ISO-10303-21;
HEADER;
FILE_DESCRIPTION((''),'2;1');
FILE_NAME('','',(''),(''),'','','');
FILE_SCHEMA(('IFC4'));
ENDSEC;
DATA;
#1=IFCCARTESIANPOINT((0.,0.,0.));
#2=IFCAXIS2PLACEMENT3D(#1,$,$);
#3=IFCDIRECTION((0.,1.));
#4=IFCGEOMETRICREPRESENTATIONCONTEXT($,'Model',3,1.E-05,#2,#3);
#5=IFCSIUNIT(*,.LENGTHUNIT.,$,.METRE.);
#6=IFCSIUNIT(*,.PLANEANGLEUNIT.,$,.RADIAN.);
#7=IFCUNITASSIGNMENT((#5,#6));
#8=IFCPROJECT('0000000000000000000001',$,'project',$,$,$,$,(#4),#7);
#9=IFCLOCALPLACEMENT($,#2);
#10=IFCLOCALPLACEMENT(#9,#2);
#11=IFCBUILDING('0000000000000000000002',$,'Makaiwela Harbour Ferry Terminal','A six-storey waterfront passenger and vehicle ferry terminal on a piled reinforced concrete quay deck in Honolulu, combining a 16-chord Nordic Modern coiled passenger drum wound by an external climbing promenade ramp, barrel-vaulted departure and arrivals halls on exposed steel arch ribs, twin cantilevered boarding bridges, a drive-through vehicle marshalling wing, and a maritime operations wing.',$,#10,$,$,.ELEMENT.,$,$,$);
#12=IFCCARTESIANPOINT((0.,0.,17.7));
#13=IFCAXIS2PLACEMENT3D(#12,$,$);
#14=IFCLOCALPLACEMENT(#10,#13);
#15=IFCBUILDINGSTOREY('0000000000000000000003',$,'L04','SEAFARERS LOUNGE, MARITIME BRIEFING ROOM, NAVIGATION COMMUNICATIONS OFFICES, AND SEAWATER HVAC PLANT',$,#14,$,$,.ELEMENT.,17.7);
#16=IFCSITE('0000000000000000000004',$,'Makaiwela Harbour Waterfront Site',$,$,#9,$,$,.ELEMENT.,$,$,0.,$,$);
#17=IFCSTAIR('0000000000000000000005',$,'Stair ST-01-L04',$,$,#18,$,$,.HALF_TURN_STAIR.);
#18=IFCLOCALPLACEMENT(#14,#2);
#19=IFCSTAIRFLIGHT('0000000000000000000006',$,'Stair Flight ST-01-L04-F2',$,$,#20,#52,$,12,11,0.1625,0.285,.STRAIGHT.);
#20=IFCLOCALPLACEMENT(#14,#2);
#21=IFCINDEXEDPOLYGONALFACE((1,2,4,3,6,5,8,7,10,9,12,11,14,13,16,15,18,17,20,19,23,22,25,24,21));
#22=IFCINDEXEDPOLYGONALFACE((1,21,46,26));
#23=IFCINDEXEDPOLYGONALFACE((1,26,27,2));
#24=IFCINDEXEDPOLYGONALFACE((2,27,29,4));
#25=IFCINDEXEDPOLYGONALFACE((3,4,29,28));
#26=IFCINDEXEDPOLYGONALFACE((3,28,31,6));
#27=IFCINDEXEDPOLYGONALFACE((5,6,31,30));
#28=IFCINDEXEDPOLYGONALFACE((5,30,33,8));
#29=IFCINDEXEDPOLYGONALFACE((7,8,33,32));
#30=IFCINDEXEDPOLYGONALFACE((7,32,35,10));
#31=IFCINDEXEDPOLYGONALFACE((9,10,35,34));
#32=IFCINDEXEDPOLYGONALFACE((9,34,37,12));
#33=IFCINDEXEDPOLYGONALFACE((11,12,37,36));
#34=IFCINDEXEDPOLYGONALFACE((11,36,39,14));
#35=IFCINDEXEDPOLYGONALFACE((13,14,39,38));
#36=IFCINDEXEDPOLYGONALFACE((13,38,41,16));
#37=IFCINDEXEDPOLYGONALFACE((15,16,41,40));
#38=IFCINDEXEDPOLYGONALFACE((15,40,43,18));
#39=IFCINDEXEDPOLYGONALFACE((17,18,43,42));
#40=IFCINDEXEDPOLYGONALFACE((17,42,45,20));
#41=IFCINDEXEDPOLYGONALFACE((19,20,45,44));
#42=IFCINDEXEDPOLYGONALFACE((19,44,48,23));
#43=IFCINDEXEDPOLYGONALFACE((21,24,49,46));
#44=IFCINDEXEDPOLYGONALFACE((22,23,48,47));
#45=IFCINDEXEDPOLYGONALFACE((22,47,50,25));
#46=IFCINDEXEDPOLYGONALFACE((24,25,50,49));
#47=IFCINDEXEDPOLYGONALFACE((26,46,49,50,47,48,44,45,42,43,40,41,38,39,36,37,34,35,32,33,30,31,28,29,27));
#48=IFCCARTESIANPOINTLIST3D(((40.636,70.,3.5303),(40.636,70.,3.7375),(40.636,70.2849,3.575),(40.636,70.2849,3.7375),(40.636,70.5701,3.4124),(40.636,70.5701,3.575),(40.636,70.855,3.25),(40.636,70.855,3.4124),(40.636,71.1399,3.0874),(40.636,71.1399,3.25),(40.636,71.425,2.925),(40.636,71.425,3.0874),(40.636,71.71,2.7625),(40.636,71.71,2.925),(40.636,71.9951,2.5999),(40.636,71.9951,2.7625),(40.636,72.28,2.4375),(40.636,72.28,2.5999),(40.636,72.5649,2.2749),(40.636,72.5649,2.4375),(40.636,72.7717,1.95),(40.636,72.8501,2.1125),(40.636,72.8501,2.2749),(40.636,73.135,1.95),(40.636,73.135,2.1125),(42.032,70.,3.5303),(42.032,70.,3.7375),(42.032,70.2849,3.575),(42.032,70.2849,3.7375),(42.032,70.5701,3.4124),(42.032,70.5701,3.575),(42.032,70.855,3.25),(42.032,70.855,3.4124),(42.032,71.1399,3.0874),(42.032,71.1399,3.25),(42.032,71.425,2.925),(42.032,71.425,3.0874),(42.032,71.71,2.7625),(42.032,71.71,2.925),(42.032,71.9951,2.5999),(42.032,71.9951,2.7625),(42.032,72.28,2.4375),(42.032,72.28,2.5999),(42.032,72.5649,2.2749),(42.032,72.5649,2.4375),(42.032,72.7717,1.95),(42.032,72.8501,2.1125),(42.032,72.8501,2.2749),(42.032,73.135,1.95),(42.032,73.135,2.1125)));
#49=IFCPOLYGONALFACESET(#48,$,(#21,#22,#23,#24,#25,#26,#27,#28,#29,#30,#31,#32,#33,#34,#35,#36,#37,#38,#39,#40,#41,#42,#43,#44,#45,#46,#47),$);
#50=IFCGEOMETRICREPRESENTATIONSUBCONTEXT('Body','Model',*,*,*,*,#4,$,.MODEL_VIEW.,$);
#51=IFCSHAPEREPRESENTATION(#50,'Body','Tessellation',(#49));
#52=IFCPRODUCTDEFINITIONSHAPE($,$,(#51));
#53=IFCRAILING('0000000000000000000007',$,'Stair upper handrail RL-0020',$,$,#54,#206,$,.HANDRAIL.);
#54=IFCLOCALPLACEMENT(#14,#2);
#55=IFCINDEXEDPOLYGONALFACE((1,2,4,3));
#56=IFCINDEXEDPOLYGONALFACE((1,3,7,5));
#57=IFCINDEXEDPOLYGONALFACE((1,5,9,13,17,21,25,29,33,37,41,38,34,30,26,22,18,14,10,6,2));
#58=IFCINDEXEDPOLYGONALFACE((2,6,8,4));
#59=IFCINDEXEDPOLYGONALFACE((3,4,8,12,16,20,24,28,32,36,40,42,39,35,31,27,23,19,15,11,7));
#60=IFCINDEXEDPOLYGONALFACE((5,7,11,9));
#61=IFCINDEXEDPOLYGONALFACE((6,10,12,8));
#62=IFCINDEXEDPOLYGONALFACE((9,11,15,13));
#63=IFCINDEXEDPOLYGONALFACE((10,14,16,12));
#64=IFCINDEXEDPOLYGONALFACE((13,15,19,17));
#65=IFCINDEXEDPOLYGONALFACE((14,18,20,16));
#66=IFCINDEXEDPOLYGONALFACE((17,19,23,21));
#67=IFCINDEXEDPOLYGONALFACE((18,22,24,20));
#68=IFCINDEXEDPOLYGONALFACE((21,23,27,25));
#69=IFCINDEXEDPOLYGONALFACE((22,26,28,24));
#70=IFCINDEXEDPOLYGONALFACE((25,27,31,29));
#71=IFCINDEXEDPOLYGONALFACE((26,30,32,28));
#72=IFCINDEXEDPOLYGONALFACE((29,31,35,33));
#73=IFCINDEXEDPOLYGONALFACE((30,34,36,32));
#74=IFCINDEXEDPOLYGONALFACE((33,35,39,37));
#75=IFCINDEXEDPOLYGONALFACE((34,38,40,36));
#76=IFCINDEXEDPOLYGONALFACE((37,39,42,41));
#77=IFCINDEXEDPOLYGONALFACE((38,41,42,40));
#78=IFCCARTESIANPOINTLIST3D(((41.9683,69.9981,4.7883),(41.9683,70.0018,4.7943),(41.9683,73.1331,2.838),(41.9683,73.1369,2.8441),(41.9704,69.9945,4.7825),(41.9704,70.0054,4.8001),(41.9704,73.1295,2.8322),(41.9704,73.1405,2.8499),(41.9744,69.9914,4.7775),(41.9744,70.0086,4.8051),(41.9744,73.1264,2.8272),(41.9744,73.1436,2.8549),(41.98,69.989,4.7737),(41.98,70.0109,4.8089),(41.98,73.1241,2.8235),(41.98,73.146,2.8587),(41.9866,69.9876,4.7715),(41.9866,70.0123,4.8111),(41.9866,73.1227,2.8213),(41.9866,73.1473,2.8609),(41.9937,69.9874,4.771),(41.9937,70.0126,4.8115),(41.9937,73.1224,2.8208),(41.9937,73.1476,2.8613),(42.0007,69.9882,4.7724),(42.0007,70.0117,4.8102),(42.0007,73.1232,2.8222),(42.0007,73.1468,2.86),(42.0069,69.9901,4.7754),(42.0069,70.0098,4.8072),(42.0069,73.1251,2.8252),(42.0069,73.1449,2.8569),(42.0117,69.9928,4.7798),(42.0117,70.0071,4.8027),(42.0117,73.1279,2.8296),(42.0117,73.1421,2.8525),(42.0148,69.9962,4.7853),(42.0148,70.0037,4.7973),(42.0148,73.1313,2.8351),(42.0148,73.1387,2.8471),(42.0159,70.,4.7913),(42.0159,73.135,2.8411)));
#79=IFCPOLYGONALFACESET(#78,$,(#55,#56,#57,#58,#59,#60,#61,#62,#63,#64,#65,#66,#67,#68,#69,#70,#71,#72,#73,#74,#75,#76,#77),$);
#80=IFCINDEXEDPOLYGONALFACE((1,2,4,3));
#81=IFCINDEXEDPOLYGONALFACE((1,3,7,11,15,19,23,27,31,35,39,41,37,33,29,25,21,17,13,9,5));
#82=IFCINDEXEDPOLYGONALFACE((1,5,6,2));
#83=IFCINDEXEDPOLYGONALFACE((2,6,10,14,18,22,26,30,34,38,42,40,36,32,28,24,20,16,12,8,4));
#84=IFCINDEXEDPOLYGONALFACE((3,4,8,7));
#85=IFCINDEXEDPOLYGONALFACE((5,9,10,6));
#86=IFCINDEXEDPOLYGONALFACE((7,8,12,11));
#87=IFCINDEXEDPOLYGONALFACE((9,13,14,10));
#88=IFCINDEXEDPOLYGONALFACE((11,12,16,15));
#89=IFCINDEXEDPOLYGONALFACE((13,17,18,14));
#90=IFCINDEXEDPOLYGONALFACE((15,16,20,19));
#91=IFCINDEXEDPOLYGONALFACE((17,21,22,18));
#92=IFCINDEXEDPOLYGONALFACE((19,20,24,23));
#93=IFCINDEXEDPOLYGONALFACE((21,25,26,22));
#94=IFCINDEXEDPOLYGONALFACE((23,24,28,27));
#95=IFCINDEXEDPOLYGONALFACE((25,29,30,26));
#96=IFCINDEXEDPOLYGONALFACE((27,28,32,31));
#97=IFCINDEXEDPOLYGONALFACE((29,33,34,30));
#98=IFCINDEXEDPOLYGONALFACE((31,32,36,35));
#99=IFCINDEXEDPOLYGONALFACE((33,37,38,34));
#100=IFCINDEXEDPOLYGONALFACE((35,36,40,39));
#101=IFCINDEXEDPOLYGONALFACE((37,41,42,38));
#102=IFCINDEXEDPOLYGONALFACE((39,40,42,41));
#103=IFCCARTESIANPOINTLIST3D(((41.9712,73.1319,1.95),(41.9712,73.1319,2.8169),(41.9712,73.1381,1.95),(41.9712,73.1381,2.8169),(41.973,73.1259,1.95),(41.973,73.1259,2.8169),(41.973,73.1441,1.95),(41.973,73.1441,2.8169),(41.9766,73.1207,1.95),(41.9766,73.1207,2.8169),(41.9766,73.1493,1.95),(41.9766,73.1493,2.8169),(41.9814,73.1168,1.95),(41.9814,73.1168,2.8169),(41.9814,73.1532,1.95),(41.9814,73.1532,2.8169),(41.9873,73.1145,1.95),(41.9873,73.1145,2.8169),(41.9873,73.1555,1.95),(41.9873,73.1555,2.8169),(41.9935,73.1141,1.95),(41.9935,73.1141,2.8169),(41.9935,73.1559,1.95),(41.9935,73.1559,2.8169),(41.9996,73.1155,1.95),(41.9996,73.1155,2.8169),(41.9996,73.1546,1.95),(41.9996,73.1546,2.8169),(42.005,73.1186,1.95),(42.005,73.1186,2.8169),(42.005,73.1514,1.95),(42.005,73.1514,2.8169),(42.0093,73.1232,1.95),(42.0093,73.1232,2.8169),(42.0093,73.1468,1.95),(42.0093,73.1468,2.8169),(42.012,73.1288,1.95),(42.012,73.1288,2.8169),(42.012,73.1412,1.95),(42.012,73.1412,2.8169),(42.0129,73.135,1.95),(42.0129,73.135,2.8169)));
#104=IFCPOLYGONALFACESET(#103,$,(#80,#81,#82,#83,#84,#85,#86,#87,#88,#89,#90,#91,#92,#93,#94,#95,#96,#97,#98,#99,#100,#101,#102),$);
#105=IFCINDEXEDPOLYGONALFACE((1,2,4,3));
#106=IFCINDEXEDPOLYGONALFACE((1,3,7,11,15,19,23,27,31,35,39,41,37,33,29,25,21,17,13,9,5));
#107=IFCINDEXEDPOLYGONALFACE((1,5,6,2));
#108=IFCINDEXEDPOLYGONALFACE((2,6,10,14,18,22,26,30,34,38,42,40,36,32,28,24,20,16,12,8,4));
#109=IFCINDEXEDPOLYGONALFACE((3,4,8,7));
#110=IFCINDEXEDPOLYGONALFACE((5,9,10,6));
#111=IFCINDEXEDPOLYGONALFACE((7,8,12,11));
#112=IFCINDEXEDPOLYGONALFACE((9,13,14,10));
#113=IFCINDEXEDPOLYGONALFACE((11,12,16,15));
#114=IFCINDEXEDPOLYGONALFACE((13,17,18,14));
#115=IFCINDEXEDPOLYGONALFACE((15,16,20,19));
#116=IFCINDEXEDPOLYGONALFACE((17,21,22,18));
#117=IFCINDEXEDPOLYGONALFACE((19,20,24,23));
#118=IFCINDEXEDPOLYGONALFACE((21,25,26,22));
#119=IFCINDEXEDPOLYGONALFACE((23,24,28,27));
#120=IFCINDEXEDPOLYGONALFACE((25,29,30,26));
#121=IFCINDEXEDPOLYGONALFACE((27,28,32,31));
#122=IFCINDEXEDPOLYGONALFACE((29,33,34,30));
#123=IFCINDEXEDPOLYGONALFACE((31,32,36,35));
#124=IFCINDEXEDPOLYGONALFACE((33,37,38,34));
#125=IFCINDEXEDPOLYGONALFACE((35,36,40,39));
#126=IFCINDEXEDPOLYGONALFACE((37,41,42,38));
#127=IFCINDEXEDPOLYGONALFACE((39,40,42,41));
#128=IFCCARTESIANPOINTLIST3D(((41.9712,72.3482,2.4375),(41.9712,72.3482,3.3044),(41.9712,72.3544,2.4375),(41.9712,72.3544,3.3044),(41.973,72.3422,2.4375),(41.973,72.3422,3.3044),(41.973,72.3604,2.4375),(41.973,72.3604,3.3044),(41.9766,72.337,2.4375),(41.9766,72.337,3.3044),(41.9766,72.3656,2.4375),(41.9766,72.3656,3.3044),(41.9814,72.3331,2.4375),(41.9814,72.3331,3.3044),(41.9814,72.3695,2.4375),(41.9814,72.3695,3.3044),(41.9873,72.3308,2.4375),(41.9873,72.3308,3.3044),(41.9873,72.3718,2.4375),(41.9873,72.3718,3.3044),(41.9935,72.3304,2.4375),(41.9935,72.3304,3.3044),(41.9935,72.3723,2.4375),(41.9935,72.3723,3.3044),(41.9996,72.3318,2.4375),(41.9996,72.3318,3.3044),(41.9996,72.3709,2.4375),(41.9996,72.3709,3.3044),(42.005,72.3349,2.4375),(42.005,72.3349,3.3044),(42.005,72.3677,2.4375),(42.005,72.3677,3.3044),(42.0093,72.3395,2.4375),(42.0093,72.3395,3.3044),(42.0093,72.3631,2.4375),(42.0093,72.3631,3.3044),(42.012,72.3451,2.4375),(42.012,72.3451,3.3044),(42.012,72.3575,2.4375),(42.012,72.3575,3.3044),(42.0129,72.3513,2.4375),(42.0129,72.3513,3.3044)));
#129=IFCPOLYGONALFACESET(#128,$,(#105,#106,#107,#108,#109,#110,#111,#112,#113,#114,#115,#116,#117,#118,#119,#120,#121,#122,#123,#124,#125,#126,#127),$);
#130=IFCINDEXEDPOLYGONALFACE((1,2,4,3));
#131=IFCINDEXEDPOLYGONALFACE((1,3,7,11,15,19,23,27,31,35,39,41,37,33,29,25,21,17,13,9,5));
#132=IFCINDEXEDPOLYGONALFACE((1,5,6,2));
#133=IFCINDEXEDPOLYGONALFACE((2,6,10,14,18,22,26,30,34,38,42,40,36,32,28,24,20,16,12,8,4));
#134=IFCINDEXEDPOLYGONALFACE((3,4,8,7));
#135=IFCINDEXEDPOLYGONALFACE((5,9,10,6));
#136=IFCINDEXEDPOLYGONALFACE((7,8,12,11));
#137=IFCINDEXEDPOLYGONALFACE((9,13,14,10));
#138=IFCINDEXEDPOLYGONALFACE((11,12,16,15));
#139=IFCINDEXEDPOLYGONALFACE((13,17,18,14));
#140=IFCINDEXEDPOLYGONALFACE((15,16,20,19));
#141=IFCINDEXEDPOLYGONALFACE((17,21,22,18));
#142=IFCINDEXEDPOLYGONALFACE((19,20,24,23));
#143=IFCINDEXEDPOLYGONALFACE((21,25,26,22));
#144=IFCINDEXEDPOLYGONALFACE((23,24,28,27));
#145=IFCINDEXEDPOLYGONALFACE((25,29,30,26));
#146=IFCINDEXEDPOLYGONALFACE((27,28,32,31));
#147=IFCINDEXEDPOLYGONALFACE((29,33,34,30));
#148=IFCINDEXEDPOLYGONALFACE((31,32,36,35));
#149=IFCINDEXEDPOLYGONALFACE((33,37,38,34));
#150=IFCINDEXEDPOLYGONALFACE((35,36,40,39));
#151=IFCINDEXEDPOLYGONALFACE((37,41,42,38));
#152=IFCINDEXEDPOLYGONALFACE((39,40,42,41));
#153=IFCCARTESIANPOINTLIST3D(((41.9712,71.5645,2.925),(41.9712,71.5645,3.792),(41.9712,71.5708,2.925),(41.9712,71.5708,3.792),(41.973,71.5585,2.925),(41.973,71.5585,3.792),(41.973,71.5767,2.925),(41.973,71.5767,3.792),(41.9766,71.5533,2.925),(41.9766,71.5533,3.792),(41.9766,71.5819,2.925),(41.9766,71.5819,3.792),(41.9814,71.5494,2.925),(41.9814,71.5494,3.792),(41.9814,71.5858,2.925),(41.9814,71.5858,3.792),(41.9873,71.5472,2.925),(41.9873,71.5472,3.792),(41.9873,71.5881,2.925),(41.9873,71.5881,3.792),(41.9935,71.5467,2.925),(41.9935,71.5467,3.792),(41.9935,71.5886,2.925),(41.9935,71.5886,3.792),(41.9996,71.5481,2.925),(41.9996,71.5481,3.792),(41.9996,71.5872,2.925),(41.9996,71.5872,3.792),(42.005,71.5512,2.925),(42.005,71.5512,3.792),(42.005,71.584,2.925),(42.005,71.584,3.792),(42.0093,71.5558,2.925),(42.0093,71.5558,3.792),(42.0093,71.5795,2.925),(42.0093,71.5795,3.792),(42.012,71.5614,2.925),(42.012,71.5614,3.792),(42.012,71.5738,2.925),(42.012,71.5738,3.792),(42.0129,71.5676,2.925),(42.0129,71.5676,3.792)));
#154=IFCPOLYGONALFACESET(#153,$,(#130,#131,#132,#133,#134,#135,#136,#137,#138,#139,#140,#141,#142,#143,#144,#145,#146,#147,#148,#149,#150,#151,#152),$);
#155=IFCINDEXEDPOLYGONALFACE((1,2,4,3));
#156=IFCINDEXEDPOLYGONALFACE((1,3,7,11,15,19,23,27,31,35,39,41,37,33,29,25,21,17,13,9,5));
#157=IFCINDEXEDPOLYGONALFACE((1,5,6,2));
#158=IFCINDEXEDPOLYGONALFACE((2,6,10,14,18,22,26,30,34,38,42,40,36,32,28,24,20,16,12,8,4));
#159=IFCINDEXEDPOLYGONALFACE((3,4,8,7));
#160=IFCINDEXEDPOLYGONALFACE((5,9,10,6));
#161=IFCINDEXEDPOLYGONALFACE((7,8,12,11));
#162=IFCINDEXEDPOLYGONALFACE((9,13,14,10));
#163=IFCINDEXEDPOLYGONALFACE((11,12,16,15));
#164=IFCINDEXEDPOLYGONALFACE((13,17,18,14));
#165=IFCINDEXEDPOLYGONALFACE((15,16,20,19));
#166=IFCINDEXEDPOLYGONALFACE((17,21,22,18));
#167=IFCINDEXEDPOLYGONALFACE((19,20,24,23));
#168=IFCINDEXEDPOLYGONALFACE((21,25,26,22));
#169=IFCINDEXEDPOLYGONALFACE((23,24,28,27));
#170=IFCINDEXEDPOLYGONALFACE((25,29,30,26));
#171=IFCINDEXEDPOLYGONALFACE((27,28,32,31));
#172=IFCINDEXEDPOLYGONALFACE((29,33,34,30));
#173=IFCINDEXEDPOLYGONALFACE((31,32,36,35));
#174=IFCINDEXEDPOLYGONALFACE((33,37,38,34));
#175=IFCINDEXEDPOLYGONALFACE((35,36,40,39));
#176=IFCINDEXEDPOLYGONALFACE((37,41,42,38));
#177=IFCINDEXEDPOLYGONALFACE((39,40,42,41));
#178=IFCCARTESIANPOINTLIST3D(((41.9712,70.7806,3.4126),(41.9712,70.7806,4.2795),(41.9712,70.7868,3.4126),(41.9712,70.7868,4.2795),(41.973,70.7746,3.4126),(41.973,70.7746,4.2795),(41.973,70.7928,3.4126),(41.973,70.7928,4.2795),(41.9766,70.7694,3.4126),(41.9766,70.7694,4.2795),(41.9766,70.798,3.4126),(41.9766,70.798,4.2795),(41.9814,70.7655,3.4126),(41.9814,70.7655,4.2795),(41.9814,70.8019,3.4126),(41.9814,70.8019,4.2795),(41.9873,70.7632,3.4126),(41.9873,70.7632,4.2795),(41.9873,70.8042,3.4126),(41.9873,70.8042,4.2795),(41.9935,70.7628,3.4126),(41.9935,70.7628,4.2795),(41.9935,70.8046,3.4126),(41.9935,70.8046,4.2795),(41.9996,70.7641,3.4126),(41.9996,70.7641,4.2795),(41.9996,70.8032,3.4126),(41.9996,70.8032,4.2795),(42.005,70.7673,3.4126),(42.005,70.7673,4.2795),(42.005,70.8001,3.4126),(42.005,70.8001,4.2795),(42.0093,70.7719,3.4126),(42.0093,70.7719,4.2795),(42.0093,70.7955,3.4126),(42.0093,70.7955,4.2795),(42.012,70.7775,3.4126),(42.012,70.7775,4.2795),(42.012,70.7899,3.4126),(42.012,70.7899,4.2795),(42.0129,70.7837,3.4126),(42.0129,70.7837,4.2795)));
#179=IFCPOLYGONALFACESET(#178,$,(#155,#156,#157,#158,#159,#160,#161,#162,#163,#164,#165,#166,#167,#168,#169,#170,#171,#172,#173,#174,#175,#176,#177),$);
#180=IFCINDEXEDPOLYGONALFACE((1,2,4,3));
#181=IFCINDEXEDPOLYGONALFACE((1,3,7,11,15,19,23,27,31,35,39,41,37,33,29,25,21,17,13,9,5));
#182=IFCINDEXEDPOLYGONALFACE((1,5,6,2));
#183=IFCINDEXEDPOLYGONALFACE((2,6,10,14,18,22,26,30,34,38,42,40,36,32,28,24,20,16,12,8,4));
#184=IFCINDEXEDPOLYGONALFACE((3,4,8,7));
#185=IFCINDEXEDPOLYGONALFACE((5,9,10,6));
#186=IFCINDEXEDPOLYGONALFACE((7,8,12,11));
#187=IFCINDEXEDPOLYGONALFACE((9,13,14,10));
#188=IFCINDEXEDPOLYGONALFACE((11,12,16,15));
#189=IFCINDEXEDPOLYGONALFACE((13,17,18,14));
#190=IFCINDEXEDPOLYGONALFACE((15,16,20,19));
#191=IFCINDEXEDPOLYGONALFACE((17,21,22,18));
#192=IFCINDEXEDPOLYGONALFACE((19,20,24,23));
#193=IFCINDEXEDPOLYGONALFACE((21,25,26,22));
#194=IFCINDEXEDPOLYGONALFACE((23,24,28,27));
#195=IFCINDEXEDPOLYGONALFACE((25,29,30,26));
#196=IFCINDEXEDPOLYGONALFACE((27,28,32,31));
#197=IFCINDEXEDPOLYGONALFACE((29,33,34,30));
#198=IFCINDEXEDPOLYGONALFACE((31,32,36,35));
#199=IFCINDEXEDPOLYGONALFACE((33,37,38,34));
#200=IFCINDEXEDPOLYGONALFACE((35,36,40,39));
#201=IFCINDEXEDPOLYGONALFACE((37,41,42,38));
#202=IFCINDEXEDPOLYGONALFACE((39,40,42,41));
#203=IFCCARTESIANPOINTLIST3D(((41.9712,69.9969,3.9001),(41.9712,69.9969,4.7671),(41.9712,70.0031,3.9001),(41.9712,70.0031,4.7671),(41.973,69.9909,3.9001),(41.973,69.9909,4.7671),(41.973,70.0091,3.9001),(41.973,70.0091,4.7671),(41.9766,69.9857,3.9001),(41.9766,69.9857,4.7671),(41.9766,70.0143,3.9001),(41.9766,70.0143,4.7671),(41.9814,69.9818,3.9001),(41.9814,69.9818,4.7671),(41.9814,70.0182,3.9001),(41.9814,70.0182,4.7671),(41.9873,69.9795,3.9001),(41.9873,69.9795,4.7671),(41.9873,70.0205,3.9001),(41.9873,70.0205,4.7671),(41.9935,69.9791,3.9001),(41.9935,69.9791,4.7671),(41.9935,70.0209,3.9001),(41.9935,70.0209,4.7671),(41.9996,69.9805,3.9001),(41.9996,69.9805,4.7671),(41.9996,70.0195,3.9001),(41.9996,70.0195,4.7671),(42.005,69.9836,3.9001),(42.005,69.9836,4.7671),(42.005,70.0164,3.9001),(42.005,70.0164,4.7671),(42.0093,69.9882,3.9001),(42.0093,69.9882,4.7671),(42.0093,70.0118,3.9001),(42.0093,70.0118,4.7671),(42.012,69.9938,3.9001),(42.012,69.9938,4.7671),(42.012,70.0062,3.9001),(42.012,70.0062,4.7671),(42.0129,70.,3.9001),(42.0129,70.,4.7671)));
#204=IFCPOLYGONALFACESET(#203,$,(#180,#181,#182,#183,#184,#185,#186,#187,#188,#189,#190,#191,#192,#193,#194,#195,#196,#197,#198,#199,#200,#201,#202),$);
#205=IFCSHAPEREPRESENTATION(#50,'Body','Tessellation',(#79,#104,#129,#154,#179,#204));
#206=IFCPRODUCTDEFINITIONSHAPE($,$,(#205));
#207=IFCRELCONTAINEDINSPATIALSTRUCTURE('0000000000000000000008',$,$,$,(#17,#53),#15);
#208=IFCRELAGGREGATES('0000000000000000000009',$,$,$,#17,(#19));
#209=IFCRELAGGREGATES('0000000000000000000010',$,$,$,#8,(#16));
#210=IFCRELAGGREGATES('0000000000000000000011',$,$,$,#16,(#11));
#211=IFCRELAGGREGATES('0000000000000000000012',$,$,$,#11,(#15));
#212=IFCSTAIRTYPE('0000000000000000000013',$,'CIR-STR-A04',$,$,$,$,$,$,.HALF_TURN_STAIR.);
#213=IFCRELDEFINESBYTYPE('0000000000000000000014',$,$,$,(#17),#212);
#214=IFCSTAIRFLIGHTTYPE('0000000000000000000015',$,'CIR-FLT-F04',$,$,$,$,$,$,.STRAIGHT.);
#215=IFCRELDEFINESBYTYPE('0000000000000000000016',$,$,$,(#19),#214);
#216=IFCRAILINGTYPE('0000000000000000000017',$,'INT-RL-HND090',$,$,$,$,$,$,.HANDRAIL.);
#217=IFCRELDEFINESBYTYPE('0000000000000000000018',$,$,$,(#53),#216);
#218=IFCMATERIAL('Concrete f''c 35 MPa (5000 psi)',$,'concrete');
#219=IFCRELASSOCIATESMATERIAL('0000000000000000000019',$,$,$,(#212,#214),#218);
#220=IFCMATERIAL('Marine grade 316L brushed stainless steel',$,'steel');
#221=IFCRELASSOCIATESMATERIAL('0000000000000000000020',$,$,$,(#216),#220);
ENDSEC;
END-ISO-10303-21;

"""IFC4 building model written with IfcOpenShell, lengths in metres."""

from ifc_helpers import new_model, si_unit, direction, frame, origin, origin_2d, place, context, subcontext, project, spatial, polyline, circle, outline, extrude, material, type_object, element, aggregate, save


model = new_model("IFC4")

# Units and contexts
model_context = context("Model", 3, precision=1e-05, world=origin(), true_north=direction((0.0, 1.0)))
body_context = subcontext(model_context, "Body", "Model", "MODEL_VIEW")
ifc_project = project(units=[si_unit("LENGTHUNIT", "METRE"), si_unit("PLANEANGLEUNIT", "RADIAN")], contexts=[model_context])

# Site, building, storey
site_placement = place(None, origin())
site = spatial("IfcSite", under=ifc_project, at=site_placement, Name="Makaiwela Harbour Waterfront Site", CompositionType="ELEMENT", RefElevation=0.0)
building_placement = place(site_placement, origin())
building = spatial("IfcBuilding", under=site, at=building_placement, Name="Makaiwela Harbour Ferry Terminal", Description="A six-storey waterfront passenger and vehicle ferry terminal on a piled reinforced concrete quay deck in Honolulu, combining a 16-chord Nordic Modern coiled passenger drum wound by an external climbing promenade ramp, barrel-vaulted departure and arrivals halls on exposed steel arch ribs, twin cantilevered boarding bridges, a drive-through vehicle marshalling wing, and a maritime operations wing.", CompositionType="ELEMENT")
storey_placement = place(building_placement, frame((0.0, 0.0, 17.7)))
storey = spatial("IfcBuildingStorey", under=building, at=storey_placement, Name="L04", Description="SEAFARERS LOUNGE, MARITIME BRIEFING ROOM, NAVIGATION COMMUNICATIONS OFFICES, AND SEAWATER HVAC PLANT", CompositionType="ELEMENT", Elevation=17.7)

# Stair, stair flight
ifc_material_1 = material(Name="Concrete f'c 35 MPa (5000 psi)", Category="concrete")
stair_type = type_object("IfcStairType", Name="CIR-STR-A04", PredefinedType="HALF_TURN_STAIR", material=ifc_material_1)
stair_placement = place(storey_placement, origin())
stair = element("IfcStair", 1, at=stair_placement, inside=storey, type_object=stair_type, Name="Stair ST-01-L04", PredefinedType="HALF_TURN_STAIR")
stair_flight_type = type_object("IfcStairFlightType", Name="CIR-FLT-F04", PredefinedType="STRAIGHT", material=ifc_material_1)
stair_flight_placement = place(storey_placement, frame((41.334, 73.135, 1.95), z_axis=(0.0, 0.0, 1.0), x_axis=(0.0, -1.0, 0.0)))
stair_flight = element("IfcStairFlight", 2, at=stair_flight_placement, type_object=stair_flight_type, Name="Stair Flight ST-01-L04-F2", NumberOfRisers=12, NumberOfTreads=11, PredefinedType="STRAIGHT", RiserHeight=0.1625, TreadLength=0.285, context=body_context, shape_type="SweptSolid", body=[
    extrude(outline(polyline([(0.0, 0.0), (0.0, 0.1626), (0.2849, 0.1626), (0.2849, 0.325), (0.5701, 0.325), (0.5701, 0.4875), (0.855, 0.4875), (0.855, 0.6499), (1.1399, 0.6499), (1.1399, 0.8125), (1.425, 0.8125), (1.425, 0.9751), (1.71, 0.9751), (1.71, 1.1375), (1.9951, 1.1375), (1.9951, 1.3), (2.28, 1.3), (2.28, 1.4624), (2.5649, 1.4624), (2.5649, 1.625), (2.8501, 1.625), (2.8501, 1.7876), (3.135, 1.7876), (3.135, 1.95), (3.135, 1.5803), (0.3633, 0.0), (0.0, 0.0)])), frame((0.0, 0.698, 0.0), z_axis=(0.0, -1.0, 0.0), x_axis=(1.0, 0.0, 0.0)), (0.0, 0.0, 1.0), 1.396),
])
aggregate(stair, [stair_flight])

# Railing
ifc_material_2 = material(Name="Marine grade 316L brushed stainless steel", Category="steel")
railing_type = type_object("IfcRailingType", Name="INT-RL-HND090", PredefinedType="HANDRAIL", material=ifc_material_2)
railing_placement = place(storey_placement, frame((41.9919, 73.135, 1.95)))
element("IfcRailing", 3, at=railing_placement, inside=storey, type_object=railing_type, Name="Stair upper handrail RL-0020", PredefinedType="HANDRAIL", context=body_context, shape_type="SweptSolid", body=[
    extrude(circle(Radius=0.0239, at=origin_2d()), frame((0.0, 0.0, 0.8911), z_axis=(0.0, -0.849115, 0.528209), x_axis=(1.0, 0.0, 0.0)), (0.0, 0.0, 1.0), 3.6921),
    extrude(circle(Radius=0.021, at=origin_2d()), origin(), (0.0, 0.0, 1.0), 0.8669),
    extrude(circle(Radius=0.021, at=origin_2d()), frame((0.0, -0.7837, 0.4875)), (0.0, 0.0, 1.0), 0.8669),
    extrude(circle(Radius=0.021, at=origin_2d()), frame((0.0, -1.5674, 0.9751)), (0.0, 0.0, 1.0), 0.8669),
    extrude(circle(Radius=0.021, at=origin_2d()), frame((0.0, -2.3513, 1.4626)), (0.0, 0.0, 1.0), 0.8669),
    extrude(circle(Radius=0.021, at=origin_2d()), frame((0.0, -3.135, 1.9502)), (0.0, 0.0, 1.0), 0.8669),
])

save(model, "model.ifc")
